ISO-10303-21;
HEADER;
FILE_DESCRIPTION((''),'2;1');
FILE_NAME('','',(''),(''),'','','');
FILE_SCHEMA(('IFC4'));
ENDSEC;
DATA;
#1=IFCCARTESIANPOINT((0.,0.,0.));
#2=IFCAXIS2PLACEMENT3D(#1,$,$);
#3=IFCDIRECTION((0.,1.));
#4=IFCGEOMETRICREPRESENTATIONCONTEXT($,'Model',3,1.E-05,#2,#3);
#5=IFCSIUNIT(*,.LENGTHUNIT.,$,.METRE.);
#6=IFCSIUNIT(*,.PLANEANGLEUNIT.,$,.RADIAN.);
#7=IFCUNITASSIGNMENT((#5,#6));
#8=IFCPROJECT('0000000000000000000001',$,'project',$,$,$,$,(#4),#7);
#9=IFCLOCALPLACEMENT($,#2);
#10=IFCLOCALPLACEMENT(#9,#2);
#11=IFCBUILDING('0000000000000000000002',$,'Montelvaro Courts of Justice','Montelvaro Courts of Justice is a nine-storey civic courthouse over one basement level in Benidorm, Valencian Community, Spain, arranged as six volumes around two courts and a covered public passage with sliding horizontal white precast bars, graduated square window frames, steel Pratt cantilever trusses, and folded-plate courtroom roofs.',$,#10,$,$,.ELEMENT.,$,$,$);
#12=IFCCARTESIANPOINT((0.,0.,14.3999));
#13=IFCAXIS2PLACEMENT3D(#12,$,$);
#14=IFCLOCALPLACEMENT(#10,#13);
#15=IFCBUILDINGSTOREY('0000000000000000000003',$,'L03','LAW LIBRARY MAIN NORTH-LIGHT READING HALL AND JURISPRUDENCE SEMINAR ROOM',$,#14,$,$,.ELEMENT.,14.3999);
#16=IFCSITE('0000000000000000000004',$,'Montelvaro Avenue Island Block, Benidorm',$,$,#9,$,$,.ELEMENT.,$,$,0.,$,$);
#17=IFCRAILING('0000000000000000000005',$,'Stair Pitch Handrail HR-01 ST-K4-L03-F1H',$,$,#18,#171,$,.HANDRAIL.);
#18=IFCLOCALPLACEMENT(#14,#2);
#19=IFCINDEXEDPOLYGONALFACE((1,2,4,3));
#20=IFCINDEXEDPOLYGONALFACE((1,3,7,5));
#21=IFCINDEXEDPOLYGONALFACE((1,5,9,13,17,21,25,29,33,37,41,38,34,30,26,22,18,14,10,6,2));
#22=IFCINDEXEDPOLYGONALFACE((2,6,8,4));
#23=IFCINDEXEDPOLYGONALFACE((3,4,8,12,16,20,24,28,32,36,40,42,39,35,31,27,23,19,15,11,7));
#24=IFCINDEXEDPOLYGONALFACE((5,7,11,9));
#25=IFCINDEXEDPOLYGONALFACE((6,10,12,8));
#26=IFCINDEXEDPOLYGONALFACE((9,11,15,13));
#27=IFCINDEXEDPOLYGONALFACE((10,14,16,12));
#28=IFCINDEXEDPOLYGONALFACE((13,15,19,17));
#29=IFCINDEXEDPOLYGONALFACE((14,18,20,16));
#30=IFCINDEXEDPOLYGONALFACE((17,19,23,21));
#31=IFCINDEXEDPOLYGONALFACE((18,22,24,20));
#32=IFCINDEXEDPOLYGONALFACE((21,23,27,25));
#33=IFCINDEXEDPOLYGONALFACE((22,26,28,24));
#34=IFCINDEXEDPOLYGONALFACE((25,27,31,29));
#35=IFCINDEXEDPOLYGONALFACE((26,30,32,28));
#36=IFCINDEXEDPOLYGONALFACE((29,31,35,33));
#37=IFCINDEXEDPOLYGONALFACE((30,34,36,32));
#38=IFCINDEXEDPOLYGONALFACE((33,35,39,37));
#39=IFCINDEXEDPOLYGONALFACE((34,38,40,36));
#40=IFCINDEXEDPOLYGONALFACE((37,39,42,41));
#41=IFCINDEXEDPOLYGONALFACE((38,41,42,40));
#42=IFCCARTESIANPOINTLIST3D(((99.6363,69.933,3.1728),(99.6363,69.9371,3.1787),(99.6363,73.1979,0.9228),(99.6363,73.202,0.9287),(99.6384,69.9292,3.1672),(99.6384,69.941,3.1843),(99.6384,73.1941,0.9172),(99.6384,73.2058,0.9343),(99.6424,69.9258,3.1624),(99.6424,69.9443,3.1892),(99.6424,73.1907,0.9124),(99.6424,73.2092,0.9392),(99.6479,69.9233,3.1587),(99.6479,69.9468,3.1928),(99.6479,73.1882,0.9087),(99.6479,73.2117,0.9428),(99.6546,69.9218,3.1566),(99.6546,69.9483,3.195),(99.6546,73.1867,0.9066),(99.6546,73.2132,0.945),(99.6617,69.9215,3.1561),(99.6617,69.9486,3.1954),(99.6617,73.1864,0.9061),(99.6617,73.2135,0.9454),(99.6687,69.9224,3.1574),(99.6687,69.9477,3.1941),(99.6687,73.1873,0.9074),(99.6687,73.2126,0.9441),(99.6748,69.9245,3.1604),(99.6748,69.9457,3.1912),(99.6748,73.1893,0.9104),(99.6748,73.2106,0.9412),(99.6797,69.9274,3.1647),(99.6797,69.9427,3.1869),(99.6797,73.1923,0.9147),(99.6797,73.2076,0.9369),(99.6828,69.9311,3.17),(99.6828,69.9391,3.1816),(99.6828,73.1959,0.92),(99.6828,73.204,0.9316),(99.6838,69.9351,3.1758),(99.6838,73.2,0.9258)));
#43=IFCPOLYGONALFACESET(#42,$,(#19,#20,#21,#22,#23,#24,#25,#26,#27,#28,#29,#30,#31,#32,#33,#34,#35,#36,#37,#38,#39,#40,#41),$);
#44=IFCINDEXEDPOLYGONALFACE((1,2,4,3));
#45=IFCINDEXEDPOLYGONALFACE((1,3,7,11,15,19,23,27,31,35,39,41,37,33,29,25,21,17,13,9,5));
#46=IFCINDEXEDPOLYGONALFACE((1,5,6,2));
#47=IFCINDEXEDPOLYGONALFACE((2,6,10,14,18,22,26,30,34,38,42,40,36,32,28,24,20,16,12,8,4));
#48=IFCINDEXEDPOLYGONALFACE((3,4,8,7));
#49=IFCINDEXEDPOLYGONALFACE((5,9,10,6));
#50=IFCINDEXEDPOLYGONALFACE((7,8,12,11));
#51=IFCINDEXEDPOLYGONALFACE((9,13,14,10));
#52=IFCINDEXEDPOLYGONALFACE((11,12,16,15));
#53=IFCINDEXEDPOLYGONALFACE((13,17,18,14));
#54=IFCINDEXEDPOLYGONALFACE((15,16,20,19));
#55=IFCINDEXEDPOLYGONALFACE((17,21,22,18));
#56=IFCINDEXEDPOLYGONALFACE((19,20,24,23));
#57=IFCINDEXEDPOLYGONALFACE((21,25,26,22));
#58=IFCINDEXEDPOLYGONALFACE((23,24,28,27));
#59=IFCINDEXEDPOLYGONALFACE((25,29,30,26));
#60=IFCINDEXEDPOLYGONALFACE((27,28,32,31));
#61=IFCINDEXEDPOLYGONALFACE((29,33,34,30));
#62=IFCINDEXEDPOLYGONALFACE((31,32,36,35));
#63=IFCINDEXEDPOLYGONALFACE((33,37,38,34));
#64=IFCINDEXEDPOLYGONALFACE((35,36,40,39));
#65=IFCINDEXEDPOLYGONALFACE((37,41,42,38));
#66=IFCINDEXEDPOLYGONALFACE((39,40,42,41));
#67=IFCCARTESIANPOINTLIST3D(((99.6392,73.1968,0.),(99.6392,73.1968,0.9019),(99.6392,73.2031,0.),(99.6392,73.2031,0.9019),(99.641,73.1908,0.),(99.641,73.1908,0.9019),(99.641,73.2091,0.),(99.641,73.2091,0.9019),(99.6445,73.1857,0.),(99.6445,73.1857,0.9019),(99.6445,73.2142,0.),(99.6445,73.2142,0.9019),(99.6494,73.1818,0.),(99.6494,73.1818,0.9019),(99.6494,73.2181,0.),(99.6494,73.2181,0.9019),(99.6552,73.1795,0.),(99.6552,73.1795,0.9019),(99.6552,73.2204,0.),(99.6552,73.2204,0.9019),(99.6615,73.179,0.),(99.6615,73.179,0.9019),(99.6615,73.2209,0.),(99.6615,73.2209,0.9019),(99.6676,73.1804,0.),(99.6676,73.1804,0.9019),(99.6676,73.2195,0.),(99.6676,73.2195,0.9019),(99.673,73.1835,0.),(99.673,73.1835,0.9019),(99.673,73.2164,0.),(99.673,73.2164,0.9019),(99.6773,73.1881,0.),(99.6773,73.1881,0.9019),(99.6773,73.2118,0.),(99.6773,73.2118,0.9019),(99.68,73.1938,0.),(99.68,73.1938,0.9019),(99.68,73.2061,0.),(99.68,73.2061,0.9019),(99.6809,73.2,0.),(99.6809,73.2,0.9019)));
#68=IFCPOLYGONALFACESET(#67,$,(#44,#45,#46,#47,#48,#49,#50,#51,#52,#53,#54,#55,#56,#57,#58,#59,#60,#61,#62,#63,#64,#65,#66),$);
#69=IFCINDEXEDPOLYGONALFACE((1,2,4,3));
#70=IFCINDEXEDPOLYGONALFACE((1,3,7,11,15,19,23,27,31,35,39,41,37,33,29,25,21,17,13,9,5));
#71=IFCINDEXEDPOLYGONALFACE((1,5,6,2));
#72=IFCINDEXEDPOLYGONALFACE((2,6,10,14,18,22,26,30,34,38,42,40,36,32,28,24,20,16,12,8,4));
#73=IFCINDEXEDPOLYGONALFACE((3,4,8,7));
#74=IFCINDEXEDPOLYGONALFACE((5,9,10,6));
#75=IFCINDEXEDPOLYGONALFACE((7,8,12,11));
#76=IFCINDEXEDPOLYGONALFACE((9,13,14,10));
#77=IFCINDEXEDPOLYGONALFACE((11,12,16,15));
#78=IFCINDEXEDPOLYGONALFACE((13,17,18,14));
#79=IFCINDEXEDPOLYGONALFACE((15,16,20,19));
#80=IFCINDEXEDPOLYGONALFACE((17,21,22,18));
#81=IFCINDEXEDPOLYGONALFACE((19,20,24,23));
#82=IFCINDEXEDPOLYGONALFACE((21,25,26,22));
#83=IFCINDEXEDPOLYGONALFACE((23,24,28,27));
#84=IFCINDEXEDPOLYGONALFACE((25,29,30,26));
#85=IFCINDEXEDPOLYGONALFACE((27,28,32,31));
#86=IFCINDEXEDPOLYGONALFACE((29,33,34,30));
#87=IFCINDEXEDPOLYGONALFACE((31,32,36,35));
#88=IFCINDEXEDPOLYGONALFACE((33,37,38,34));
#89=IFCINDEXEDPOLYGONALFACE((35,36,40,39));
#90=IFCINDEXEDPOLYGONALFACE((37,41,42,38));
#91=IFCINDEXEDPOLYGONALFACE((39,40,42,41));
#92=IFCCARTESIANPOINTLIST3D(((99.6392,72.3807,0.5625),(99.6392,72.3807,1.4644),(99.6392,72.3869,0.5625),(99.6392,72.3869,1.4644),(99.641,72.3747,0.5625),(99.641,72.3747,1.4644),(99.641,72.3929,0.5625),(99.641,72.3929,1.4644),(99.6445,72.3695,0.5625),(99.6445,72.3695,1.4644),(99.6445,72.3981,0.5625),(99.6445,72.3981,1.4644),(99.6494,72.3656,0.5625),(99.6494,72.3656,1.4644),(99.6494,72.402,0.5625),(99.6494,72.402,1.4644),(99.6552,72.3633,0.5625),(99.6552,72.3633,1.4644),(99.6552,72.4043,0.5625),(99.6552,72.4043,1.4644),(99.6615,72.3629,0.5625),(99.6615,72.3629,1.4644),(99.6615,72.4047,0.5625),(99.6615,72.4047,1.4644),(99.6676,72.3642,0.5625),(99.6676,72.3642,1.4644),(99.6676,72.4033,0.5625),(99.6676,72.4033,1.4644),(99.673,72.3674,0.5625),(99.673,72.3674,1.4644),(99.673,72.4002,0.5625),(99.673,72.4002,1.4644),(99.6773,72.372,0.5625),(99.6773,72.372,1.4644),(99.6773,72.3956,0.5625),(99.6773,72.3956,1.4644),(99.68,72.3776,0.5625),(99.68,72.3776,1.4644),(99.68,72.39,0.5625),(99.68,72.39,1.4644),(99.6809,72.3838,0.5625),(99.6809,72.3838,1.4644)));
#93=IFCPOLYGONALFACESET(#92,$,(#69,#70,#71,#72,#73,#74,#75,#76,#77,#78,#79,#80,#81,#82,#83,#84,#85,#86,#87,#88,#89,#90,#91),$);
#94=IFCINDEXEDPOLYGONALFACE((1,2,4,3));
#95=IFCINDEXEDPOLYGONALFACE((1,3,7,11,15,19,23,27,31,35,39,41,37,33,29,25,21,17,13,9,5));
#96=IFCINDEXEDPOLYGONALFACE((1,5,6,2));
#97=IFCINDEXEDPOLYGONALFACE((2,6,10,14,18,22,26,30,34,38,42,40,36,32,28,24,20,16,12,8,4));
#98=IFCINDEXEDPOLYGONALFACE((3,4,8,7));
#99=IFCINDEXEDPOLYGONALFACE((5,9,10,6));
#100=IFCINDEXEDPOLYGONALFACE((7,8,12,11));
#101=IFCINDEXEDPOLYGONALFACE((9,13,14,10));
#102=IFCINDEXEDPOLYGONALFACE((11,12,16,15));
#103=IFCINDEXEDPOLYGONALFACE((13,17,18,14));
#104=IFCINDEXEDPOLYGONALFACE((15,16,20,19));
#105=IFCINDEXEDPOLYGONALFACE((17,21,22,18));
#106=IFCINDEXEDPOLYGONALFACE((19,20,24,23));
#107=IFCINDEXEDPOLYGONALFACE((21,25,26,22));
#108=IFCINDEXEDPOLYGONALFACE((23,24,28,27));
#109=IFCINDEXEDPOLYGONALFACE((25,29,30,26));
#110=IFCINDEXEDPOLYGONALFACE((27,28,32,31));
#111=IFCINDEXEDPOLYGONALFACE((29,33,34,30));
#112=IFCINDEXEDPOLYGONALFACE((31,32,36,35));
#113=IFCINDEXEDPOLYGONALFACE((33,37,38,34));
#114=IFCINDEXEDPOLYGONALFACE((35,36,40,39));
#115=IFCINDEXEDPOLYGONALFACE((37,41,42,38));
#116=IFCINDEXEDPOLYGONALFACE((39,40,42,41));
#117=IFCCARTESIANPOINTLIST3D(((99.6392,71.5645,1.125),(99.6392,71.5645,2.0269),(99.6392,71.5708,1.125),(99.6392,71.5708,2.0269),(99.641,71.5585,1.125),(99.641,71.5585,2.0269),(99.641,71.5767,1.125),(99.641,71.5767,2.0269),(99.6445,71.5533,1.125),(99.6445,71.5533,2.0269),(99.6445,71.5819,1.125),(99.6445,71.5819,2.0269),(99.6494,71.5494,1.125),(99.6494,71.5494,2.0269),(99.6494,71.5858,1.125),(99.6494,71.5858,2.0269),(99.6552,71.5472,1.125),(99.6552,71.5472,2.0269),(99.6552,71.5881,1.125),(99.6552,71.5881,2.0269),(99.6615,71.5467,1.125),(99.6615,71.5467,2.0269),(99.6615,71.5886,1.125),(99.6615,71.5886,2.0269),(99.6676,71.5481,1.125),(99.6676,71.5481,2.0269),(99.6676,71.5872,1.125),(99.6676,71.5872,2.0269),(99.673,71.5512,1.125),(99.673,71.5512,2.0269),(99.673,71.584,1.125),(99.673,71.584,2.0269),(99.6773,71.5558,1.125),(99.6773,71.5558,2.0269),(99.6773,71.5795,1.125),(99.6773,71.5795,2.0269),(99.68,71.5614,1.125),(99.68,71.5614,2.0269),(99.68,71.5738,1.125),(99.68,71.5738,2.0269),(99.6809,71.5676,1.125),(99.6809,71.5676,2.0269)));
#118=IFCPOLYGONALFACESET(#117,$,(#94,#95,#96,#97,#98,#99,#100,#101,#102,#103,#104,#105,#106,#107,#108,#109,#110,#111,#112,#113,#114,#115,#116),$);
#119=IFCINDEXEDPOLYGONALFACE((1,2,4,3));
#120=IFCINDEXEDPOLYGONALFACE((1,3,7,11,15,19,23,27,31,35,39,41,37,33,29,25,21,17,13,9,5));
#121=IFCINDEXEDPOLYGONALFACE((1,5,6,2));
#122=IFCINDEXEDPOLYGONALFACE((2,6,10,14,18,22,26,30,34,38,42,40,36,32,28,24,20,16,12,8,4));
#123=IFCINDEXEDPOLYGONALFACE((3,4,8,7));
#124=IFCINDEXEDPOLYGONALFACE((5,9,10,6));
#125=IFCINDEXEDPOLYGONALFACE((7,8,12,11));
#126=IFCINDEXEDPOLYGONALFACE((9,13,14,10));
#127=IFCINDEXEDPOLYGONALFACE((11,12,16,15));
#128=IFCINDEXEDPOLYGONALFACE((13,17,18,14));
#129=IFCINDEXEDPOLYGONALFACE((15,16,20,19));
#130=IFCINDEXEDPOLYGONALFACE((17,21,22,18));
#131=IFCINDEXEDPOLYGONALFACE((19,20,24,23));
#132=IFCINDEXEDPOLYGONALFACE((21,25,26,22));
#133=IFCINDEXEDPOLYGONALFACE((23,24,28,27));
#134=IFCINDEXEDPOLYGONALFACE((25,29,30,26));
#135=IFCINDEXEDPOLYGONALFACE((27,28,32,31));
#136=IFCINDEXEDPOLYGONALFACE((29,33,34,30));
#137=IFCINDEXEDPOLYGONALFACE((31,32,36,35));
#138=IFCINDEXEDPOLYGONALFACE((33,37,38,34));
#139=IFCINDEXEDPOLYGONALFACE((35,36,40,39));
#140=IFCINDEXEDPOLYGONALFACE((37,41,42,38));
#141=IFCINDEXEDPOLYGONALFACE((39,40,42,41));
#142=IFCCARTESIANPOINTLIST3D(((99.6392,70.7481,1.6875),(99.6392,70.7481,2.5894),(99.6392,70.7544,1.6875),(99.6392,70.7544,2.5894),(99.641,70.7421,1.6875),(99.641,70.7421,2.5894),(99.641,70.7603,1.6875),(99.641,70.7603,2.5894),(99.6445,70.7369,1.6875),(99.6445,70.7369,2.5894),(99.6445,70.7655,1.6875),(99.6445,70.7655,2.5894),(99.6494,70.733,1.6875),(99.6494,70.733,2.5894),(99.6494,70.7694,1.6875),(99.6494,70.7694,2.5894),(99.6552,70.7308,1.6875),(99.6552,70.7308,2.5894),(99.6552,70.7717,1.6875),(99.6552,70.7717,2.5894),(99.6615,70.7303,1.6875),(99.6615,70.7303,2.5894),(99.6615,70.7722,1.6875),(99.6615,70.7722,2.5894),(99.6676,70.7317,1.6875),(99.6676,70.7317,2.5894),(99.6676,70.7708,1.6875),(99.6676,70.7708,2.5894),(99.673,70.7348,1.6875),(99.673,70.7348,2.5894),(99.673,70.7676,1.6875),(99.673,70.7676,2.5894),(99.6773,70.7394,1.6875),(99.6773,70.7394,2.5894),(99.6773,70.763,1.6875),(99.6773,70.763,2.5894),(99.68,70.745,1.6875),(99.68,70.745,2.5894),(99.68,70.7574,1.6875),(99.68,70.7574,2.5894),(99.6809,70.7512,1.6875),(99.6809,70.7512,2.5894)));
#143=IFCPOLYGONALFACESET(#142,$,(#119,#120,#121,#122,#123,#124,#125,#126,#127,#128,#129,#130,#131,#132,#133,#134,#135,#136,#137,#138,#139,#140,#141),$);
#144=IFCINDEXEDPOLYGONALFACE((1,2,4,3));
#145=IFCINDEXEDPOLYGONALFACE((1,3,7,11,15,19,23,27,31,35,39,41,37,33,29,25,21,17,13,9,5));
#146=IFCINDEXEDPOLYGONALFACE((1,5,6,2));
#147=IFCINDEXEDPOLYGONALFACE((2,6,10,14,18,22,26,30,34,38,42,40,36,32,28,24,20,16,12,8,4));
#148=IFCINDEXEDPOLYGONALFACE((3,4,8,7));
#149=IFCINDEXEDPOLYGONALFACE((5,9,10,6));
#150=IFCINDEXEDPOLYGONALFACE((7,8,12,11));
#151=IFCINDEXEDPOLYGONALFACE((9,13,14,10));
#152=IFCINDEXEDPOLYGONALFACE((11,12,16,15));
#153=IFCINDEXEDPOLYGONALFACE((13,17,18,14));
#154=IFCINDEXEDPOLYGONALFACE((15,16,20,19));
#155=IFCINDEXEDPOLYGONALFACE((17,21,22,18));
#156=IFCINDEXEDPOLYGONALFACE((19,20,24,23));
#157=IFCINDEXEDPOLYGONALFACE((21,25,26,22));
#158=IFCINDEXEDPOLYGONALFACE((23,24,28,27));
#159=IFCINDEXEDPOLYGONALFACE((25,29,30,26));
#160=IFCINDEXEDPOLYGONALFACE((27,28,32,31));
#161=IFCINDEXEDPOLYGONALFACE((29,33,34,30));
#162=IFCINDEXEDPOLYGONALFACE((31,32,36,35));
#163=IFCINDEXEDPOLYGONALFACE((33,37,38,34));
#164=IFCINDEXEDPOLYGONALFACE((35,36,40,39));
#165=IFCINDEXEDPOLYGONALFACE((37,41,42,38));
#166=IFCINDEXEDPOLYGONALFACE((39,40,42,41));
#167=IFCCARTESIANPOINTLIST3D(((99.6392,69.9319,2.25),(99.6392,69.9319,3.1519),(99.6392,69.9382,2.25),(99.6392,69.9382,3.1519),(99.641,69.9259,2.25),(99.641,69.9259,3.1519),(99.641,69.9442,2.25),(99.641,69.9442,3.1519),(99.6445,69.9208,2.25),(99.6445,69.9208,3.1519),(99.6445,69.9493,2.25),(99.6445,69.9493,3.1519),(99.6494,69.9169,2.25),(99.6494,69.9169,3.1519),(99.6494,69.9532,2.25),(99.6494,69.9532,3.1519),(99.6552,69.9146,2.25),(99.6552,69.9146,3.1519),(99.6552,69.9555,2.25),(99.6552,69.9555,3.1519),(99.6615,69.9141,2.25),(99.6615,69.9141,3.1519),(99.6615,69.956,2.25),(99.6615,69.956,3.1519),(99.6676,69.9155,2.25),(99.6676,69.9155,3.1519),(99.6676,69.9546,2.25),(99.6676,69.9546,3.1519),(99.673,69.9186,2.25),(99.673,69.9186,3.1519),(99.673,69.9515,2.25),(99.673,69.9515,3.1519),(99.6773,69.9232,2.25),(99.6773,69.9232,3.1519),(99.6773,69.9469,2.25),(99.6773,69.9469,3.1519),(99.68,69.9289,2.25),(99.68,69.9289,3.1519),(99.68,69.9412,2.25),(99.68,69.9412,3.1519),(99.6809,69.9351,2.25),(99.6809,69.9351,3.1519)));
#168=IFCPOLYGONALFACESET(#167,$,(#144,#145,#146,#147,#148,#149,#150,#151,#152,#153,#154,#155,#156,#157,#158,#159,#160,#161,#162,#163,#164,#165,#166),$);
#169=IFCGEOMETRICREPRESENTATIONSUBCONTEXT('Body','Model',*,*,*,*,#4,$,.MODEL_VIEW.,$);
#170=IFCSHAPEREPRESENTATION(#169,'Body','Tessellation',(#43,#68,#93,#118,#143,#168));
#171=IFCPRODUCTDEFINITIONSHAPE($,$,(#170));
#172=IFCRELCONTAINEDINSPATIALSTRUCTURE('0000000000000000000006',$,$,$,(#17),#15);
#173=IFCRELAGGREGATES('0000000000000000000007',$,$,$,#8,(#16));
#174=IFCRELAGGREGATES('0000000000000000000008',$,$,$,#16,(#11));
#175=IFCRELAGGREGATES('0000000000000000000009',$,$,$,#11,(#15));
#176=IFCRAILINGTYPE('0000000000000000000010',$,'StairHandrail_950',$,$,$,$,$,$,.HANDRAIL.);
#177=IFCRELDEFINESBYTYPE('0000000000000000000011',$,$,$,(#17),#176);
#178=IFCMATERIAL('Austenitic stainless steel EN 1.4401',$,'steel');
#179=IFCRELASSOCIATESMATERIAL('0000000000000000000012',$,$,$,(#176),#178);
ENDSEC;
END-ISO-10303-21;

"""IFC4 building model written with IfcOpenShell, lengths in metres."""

from ifc_helpers import new_model, si_unit, direction, frame, origin, origin_2d, place, context, subcontext, project, spatial, circle, extrude, material, type_object, element, save


model = new_model("IFC4")

# Units and contexts
model_context = context("Model", 3, precision=1e-05, world=origin(), true_north=direction((0.0, 1.0)))
body_context = subcontext(model_context, "Body", "Model", "MODEL_VIEW")
ifc_project = project(units=[si_unit("LENGTHUNIT", "METRE"), si_unit("PLANEANGLEUNIT", "RADIAN")], contexts=[model_context])

# Site, building, storey
site_placement = place(None, origin())
site = spatial("IfcSite", under=ifc_project, at=site_placement, Name="Montelvaro Avenue Island Block, Benidorm", CompositionType="ELEMENT", RefElevation=0.0)
building_placement = place(site_placement, origin())
building = spatial("IfcBuilding", under=site, at=building_placement, Name="Montelvaro Courts of Justice", Description="Montelvaro Courts of Justice is a nine-storey civic courthouse over one basement level in Benidorm, Valencian Community, Spain, arranged as six volumes around two courts and a covered public passage with sliding horizontal white precast bars, graduated square window frames, steel Pratt cantilever trusses, and folded-plate courtroom roofs.", CompositionType="ELEMENT")
storey_placement = place(building_placement, frame((0.0, 0.0, 14.3999)))
storey = spatial("IfcBuildingStorey", under=building, at=storey_placement, Name="L03", Description="LAW LIBRARY MAIN NORTH-LIGHT READING HALL AND JURISPRUDENCE SEMINAR ROOM", CompositionType="ELEMENT", Elevation=14.3999)

# Railing
ifc_material_1 = material(Name="Austenitic stainless steel EN 1.4401", Category="steel")
railing_type_1 = type_object("IfcRailingType", Name="StairHandrail_950", PredefinedType="HANDRAIL", material=ifc_material_1)
railing_1_placement = place(storey_placement, frame((99.6599, 73.2, 0.0)))
element("IfcRailing", 1, at=railing_1_placement, inside=storey, type_object=railing_type_1, Name="Stair Pitch Handrail HR-01 ST-K4-L03-F1H", PredefinedType="HANDRAIL", context=body_context, shape_type="SweptSolid", body=[
    extrude(circle(Radius=0.0239, at=origin_2d()), frame((0.0, 0.0, 0.9258), z_axis=(0.0, -0.823407, 0.567451), x_axis=(1.0, 0.0, 0.0)), (0.0, 0.0, 1.0), 3.9651),
    extrude(circle(Radius=0.021, at=origin_2d()), origin(), (0.0, 0.0, 1.0), 0.9019),
    extrude(circle(Radius=0.021, at=origin_2d()), frame((0.0, -0.8162, 0.5625)), (0.0, 0.0, 1.0), 0.9019),
    extrude(circle(Radius=0.021, at=origin_2d()), frame((0.0, -1.6323, 1.125)), (0.0, 0.0, 1.0), 0.9019),
    extrude(circle(Radius=0.021, at=origin_2d()), frame((0.0, -2.4487, 1.6875)), (0.0, 0.0, 1.0), 0.9019),
    extrude(circle(Radius=0.021, at=origin_2d()), frame((0.0, -3.2649, 2.25)), (0.0, 0.0, 1.0), 0.9019),
])

save(model, "model.ifc")
